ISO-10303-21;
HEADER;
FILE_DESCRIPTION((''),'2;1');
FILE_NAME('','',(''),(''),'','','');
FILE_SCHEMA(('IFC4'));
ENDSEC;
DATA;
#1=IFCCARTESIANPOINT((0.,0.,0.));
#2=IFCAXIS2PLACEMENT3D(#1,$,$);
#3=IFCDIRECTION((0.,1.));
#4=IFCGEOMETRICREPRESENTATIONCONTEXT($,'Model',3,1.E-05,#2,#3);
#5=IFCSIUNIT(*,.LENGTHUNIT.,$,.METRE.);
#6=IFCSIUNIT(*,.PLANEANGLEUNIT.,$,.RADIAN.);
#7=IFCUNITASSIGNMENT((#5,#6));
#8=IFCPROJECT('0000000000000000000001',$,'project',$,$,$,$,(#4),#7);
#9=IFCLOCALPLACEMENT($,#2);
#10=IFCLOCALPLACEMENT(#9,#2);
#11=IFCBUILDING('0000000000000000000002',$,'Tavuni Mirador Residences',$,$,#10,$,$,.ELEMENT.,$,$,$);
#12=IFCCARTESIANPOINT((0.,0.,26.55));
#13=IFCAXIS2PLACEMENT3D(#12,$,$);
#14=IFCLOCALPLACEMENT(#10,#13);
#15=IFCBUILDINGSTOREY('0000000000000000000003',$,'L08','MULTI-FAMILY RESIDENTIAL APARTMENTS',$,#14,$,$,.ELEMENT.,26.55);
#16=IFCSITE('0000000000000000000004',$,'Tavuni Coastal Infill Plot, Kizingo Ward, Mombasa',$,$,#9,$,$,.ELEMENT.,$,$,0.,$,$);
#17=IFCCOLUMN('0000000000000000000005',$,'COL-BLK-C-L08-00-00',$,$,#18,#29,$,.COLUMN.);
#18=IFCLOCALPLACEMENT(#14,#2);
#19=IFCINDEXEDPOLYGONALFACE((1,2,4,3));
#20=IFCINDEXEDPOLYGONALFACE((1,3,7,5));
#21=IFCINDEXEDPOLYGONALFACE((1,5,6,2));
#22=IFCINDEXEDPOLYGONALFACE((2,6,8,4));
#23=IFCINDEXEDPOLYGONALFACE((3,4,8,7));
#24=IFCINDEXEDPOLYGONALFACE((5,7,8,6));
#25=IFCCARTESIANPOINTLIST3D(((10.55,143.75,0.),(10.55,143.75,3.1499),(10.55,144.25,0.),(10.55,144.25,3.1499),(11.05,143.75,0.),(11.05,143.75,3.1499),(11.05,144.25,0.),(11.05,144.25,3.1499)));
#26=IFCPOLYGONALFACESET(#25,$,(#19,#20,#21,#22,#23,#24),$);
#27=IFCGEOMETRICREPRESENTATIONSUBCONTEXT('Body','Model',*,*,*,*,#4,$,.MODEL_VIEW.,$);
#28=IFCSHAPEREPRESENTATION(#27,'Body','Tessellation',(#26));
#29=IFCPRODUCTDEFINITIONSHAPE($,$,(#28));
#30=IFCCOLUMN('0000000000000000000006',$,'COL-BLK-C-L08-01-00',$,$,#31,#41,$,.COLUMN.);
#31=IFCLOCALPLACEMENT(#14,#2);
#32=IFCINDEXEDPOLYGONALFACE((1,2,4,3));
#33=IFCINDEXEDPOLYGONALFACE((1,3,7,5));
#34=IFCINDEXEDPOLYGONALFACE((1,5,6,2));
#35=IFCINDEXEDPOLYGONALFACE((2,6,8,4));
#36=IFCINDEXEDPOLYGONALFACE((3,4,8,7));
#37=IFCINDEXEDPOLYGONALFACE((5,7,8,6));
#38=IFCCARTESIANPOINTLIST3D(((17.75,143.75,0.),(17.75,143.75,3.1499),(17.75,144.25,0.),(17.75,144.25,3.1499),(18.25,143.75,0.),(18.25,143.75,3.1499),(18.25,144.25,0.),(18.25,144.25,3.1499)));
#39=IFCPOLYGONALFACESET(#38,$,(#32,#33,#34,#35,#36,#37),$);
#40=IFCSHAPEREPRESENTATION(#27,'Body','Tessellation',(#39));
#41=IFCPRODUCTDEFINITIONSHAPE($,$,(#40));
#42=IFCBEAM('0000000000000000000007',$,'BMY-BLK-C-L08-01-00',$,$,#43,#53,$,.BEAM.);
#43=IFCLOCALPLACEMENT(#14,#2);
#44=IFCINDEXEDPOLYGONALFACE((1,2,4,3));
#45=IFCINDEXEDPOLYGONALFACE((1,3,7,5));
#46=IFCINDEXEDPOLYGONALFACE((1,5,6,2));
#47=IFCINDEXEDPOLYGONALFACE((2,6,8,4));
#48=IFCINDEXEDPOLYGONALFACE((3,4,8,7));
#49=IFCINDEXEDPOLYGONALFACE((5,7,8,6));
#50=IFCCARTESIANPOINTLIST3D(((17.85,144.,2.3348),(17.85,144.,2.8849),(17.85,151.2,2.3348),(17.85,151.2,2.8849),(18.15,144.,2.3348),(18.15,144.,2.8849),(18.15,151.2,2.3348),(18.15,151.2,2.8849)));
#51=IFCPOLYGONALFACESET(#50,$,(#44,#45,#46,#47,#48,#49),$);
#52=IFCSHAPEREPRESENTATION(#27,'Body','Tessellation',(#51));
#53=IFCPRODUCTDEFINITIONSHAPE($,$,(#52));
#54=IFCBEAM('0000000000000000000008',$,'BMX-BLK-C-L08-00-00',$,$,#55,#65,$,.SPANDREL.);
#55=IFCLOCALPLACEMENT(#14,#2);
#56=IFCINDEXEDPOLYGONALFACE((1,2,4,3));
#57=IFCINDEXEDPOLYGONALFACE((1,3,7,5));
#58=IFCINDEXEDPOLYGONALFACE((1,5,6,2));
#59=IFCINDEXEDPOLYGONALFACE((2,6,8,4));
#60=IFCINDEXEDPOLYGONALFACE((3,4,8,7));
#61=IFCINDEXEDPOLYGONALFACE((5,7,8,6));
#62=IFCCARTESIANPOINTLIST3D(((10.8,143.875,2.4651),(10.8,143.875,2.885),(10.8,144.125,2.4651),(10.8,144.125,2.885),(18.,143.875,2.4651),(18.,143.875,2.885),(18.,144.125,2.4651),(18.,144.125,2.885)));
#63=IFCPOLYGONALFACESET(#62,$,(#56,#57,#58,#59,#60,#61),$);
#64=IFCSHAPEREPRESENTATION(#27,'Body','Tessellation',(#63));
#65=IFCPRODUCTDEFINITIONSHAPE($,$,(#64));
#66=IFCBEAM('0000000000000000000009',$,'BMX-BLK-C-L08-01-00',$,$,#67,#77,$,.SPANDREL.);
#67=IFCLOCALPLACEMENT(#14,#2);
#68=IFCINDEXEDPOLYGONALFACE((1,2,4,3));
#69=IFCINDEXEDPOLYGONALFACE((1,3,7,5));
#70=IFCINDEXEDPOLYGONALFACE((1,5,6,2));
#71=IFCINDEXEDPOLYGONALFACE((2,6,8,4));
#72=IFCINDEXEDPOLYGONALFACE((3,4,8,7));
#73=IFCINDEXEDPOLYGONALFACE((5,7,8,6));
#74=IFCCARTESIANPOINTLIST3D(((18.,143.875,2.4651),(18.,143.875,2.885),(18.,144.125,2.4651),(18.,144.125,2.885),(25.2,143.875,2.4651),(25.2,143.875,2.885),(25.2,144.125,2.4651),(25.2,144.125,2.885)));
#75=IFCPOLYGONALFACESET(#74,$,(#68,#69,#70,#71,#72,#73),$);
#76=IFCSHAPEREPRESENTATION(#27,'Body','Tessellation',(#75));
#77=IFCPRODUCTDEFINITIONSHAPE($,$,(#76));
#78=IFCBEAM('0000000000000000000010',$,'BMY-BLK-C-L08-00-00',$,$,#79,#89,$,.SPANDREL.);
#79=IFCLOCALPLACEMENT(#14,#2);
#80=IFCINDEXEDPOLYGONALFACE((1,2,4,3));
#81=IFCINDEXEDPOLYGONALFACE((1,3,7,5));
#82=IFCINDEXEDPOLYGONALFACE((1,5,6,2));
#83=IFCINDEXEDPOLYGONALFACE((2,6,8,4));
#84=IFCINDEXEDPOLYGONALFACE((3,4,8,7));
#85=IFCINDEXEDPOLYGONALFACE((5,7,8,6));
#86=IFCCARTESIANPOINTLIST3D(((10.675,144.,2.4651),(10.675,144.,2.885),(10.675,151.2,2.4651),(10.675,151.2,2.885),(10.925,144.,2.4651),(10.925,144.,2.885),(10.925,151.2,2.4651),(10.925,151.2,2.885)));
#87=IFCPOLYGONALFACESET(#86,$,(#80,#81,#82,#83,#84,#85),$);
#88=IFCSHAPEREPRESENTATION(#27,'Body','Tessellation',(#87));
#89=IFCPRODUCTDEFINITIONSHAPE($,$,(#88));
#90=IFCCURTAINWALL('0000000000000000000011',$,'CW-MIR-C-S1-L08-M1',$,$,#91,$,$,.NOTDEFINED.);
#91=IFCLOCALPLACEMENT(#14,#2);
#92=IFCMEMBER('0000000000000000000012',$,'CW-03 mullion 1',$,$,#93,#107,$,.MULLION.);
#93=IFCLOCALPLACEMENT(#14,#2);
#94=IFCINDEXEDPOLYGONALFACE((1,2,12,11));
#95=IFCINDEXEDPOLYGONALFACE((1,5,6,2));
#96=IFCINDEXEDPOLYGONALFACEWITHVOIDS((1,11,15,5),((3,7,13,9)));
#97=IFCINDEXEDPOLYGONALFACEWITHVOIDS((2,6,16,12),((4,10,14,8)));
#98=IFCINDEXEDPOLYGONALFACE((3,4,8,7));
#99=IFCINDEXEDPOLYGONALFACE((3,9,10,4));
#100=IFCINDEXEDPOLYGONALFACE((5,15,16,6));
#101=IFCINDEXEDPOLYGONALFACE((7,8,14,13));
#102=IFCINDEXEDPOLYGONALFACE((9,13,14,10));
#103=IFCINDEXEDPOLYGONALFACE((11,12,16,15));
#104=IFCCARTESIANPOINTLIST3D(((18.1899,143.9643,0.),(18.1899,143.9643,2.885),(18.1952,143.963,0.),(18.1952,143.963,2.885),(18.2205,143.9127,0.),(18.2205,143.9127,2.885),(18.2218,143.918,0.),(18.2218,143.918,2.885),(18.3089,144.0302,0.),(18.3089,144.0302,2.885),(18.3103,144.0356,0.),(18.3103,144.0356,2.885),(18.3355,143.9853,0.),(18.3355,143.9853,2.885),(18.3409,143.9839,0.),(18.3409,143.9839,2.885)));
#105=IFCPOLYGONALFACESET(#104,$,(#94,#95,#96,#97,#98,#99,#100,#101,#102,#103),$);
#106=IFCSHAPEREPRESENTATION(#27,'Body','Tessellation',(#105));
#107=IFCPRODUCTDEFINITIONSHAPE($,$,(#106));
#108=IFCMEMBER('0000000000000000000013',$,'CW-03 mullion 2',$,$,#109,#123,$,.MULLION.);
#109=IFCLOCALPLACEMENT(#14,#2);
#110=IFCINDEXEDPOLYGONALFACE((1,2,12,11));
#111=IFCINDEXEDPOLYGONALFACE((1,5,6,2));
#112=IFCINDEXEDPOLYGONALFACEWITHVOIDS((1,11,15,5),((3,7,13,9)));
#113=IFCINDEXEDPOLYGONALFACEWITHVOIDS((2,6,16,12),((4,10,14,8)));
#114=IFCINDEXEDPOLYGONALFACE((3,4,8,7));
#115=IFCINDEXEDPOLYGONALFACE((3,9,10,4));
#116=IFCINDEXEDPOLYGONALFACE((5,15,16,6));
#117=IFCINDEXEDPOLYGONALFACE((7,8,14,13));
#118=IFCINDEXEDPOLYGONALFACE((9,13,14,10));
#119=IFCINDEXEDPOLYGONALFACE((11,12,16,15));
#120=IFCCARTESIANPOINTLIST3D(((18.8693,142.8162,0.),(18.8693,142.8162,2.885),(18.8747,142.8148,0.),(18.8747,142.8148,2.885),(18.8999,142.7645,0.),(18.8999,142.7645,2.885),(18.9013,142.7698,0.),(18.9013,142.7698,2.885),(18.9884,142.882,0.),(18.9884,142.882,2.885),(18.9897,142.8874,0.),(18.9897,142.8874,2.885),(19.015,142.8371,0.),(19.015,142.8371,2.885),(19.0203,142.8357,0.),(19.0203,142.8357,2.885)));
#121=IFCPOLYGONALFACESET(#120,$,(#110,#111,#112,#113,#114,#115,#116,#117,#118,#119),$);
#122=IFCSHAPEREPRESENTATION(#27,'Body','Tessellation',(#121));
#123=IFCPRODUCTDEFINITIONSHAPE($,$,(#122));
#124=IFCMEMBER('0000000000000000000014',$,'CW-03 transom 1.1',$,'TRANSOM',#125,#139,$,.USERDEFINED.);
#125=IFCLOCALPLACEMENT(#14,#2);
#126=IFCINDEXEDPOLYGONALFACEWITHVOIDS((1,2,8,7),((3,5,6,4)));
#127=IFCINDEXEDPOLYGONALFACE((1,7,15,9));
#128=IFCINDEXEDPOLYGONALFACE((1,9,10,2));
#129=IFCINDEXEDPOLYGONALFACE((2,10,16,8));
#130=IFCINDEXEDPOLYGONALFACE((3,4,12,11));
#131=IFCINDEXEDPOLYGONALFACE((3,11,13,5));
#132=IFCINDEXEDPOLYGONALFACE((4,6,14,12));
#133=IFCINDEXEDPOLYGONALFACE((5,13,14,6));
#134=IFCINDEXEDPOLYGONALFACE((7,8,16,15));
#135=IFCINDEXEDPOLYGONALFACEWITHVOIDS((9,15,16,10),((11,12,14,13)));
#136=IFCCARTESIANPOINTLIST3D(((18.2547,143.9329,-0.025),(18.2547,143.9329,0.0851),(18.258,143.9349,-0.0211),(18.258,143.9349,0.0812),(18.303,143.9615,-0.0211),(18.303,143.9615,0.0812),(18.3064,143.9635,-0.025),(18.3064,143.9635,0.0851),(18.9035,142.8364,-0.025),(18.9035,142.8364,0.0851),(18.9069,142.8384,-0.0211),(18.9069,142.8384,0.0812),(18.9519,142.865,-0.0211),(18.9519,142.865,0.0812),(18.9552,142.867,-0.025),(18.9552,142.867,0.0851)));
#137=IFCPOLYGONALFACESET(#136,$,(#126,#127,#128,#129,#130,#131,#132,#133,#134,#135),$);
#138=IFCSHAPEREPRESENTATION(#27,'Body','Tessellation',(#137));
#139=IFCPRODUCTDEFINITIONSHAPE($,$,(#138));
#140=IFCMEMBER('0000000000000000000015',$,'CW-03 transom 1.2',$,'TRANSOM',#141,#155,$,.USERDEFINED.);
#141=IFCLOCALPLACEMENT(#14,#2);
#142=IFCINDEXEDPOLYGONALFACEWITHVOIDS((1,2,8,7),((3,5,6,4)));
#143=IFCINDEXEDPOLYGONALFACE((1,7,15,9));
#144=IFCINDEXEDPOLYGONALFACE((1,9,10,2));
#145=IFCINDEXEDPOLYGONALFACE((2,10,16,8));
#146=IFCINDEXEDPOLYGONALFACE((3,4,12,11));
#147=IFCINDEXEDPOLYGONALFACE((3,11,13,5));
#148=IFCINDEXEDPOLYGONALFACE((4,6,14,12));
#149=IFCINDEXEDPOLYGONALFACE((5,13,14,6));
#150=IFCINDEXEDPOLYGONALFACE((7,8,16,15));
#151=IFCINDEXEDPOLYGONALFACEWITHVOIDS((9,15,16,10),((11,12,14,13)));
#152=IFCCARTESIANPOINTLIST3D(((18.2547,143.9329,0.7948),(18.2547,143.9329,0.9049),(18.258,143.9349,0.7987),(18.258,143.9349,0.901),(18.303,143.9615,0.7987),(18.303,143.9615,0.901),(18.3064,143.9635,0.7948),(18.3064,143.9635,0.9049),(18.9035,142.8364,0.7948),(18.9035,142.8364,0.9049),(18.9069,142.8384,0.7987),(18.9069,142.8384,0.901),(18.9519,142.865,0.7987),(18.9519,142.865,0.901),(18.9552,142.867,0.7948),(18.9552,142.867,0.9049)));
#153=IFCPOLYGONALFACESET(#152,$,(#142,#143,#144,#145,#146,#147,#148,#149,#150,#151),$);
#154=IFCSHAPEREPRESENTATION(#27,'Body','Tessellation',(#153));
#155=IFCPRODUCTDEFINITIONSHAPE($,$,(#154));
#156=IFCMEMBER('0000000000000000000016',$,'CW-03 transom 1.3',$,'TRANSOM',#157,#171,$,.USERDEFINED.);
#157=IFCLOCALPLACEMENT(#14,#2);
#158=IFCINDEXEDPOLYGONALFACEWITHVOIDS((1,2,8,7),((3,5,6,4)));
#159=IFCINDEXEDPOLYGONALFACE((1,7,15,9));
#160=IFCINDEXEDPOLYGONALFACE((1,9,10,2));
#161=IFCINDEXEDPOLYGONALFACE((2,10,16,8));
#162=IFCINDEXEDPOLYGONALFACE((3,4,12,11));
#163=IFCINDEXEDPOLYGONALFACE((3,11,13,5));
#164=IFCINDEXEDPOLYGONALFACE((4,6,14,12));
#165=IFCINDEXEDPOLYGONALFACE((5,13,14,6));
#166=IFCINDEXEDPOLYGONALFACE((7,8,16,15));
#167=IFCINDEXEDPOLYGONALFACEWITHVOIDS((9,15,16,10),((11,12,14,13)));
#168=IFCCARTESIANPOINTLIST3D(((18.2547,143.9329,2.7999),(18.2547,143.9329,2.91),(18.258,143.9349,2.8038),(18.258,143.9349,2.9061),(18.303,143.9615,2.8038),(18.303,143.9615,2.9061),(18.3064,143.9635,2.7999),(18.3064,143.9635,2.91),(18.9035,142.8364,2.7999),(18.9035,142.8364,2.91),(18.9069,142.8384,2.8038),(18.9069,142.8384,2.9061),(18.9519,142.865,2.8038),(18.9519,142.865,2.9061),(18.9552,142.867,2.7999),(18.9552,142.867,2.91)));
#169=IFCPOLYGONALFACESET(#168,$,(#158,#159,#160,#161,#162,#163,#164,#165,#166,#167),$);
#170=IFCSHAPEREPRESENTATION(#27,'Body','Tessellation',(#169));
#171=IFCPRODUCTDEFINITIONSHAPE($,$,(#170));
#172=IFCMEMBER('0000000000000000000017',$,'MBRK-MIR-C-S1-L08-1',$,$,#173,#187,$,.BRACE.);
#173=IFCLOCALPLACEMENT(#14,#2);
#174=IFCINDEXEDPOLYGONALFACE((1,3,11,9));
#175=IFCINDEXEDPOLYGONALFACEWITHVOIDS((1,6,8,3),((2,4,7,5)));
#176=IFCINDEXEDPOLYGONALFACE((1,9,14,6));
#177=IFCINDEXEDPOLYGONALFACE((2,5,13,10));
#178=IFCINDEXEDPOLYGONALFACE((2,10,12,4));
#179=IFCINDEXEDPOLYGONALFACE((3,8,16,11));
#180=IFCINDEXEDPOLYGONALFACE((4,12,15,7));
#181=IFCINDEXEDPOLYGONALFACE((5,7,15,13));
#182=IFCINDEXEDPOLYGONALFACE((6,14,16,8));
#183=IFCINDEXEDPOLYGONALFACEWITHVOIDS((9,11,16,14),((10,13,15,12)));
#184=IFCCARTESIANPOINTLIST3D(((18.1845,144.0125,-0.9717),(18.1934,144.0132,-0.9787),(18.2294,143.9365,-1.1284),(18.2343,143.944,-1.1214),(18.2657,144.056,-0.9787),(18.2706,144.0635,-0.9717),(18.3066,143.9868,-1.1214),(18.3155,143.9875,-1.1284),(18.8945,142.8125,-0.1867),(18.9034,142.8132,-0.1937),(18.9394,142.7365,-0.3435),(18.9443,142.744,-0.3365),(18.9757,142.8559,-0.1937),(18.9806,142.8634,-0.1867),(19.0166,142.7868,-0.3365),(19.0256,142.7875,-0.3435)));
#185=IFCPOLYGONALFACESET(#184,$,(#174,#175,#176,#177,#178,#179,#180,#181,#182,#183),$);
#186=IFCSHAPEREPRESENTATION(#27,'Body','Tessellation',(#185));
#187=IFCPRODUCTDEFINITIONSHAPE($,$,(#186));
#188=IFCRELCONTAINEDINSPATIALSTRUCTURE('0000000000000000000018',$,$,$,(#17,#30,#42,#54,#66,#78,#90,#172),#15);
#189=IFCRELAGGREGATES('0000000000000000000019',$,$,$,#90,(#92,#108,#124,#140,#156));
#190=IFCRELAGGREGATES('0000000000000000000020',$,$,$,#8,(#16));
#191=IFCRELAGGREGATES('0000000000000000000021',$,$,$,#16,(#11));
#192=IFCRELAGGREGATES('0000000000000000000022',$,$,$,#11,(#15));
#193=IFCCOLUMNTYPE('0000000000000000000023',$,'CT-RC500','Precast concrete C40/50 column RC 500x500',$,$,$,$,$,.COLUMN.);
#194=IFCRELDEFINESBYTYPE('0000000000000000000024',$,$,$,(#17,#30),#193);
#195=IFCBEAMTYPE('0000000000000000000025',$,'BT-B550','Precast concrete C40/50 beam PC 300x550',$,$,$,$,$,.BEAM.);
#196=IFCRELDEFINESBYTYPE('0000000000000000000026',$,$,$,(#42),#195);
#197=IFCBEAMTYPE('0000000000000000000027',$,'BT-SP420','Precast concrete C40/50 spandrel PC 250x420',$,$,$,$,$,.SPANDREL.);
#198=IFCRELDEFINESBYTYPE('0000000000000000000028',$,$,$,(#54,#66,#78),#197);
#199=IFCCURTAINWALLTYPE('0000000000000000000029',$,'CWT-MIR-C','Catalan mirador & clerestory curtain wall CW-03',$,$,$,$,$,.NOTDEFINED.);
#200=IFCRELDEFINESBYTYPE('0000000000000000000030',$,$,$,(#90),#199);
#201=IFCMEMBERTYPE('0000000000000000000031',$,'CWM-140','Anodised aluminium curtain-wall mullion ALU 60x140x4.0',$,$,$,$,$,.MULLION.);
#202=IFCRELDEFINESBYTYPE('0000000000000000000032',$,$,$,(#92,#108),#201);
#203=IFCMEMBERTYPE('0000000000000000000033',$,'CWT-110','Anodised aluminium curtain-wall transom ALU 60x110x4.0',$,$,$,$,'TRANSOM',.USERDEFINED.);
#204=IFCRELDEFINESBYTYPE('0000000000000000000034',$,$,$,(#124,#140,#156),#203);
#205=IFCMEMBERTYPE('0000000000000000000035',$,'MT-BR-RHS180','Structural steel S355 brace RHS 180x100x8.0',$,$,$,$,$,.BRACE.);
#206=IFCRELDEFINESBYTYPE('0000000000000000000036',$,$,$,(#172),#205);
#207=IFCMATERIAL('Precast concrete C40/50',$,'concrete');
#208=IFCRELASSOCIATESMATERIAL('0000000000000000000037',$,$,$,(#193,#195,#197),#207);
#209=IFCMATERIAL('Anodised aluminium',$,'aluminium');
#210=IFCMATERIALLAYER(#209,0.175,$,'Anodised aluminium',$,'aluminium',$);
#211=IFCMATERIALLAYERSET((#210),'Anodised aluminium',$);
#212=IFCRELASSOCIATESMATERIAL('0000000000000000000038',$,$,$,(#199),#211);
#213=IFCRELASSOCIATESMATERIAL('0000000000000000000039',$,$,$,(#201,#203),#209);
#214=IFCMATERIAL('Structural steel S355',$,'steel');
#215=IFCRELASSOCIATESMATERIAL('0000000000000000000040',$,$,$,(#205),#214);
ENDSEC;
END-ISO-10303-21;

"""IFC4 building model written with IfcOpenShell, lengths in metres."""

from ifc_helpers import new_model, si_unit, direction, frame, origin, origin_2d, place, context, subcontext, project, spatial, rectangle, hollow_rectangle, extrude, material, layer, layer_set, material_profile, profile_set, type_object, element, aggregate, save


model = new_model("IFC4")

# Units and contexts
model_context = context("Model", 3, precision=1e-05, world=origin(), true_north=direction((0.0, 1.0)))
body_context = subcontext(model_context, "Body", "Model", "MODEL_VIEW")
ifc_project = project(units=[si_unit("LENGTHUNIT", "METRE"), si_unit("PLANEANGLEUNIT", "RADIAN")], contexts=[model_context])

# Site, building, storey
site_placement = place(None, origin())
site = spatial("IfcSite", under=ifc_project, at=site_placement, Name="Tavuni Coastal Infill Plot, Kizingo Ward, Mombasa", CompositionType="ELEMENT", RefElevation=0.0)
building_placement = place(site_placement, origin())
building = spatial("IfcBuilding", under=site, at=building_placement, Name="Tavuni Mirador Residences", CompositionType="ELEMENT")
storey_placement = place(building_placement, frame((0.0, 0.0, 26.55)))
storey = spatial("IfcBuildingStorey", under=building, at=storey_placement, Name="L08", Description="MULTI-FAMILY RESIDENTIAL APARTMENTS", CompositionType="ELEMENT", Elevation=26.55)

# Columns
ifc_material_1 = material(Name="Precast concrete C40/50", Category="concrete")
ifc_material_profile_1 = material_profile(ifc_material_1, rectangle(XDim=0.5, YDim=0.5, at=origin_2d()), Name="RC 500x500", Category="concrete")
ifc_profile_set_1 = profile_set([ifc_material_profile_1], Name="Precast concrete C40/50")
column_type = type_object("IfcColumnType", Name="CT-RC500", Description="Precast concrete C40/50 column RC 500x500", PredefinedType="COLUMN", material=ifc_profile_set_1)
for number, where, z_axis, x_axis, name in (
    (1, (10.8, 144.0, 0.0), (0.0, 0.0, 1.0), (1.0, 0.0, 0.0), "COL-BLK-C-L08-00-00"),
    (2, (18.0, 144.0, 0.0), (0.0, 0.0, 1.0), (1.0, 0.0, 0.0), "COL-BLK-C-L08-01-00"),
):
    element("IfcColumn", number, at=place(storey_placement, frame(where, z_axis=z_axis, x_axis=x_axis)), inside=storey, type_object=column_type, Name=name, PredefinedType="COLUMN", context=body_context, shape_type="SweptSolid", body=[
        extrude(rectangle(XDim=0.5, YDim=0.5, at=origin_2d()), origin(), (0.0, 0.0, 1.0), 3.1499),
    ])

# Beams
ifc_material_profile_2 = material_profile(ifc_material_1, rectangle(XDim=0.3, YDim=0.55, at=origin_2d()), Name="PC 300x550", Category="concrete")
ifc_profile_set_2 = profile_set([ifc_material_profile_2], Name="Precast concrete C40/50")
beam_type_1 = type_object("IfcBeamType", Name="BT-B550", Description="Precast concrete C40/50 beam PC 300x550", PredefinedType="BEAM", material=ifc_profile_set_2)
beam_placement = place(storey_placement, frame((18.0, 144.0, 2.6099), z_axis=(0.0, 1.0, 0.0), x_axis=(-1.0, 0.0, 0.0)))
element("IfcBeam", 3, at=beam_placement, inside=storey, type_object=beam_type_1, Name="BMY-BLK-C-L08-01-00", PredefinedType="BEAM", context=body_context, shape_type="SweptSolid", body=[
    extrude(rectangle(XDim=0.3, YDim=0.55, at=origin_2d()), origin(), (0.0, 0.0, 1.0), 7.2),
])
ifc_material_profile_3 = material_profile(ifc_material_1, rectangle(XDim=0.25, YDim=0.4199, at=origin_2d()), Name="PC 250x420", Category="concrete")
ifc_profile_set_3 = profile_set([ifc_material_profile_3], Name="Precast concrete C40/50")
beam_type_2 = type_object("IfcBeamType", Name="BT-SP420", Description="Precast concrete C40/50 spandrel PC 250x420", PredefinedType="SPANDREL", material=ifc_profile_set_3)
for number, where, z_axis, x_axis, name in (
    (4, (10.8, 144.0, 2.675), (1.0, 0.0, 0.0), (0.0, 1.0, 0.0), "BMX-BLK-C-L08-00-00"),
    (5, (18.0, 144.0, 2.675), (1.0, 0.0, 0.0), (0.0, 1.0, 0.0), "BMX-BLK-C-L08-01-00"),
    (6, (10.8, 144.0, 2.675), (0.0, 1.0, 0.0), (-1.0, 0.0, 0.0), "BMY-BLK-C-L08-00-00"),
):
    element("IfcBeam", number, at=place(storey_placement, frame(where, z_axis=z_axis, x_axis=x_axis)), inside=storey, type_object=beam_type_2, Name=name, PredefinedType="SPANDREL", context=body_context, shape_type="SweptSolid", body=[
        extrude(rectangle(XDim=0.25, YDim=0.4199, at=origin_2d()), origin(), (0.0, 0.0, 1.0), 7.2),
    ])

# Curtain wall, members
ifc_material_2 = material(Name="Anodised aluminium", Category="aluminium")
ifc_layer_1 = layer(ifc_material_2, 0.175, Name="Anodised aluminium", Category="aluminium")
ifc_layer_set_1 = layer_set([ifc_layer_1], Name="Anodised aluminium")
curtain_wall_type = type_object("IfcCurtainWallType", Name="CWT-MIR-C", Description="Catalan mirador & clerestory curtain wall CW-03", PredefinedType="NOTDEFINED", material=ifc_layer_set_1)
curtain_wall_placement = place(storey_placement, origin())
curtain_wall = element("IfcCurtainWall", 7, at=curtain_wall_placement, inside=storey, type_object=curtain_wall_type, Name="CW-MIR-C-S1-L08-M1", PredefinedType="NOTDEFINED")
ifc_material_profile_4 = material_profile(ifc_material_2, hollow_rectangle(XDim=0.0601, YDim=0.1399, WallThickness=0.0039, at=origin_2d()), Name="ALU 60x140x4.0", Category="aluminium")
ifc_profile_set_4 = profile_set([ifc_material_profile_4], Name="Anodised aluminium")
member_type_1 = type_object("IfcMemberType", Name="CWM-140", Description="Anodised aluminium curtain-wall mullion ALU 60x140x4.0", PredefinedType="MULLION", material=ifc_profile_set_4)
member_1_placement = place(storey_placement, frame((18.2654, 143.9741, 0.0), z_axis=(0.0, 0.0, 1.0), x_axis=(0.509212, -0.860641, 0.0)))
member_1 = element("IfcMember", 8, at=member_1_placement, type_object=member_type_1, Name="CW-03 mullion 1", PredefinedType="MULLION", context=body_context, shape_type="SweptSolid", body=[
    extrude(hollow_rectangle(XDim=0.0601, YDim=0.1399, WallThickness=0.0039, at=origin_2d()), origin(), (0.0, 0.0, 1.0), 2.885),
])
member_2_placement = place(storey_placement, frame((18.9448, 142.8259, 0.0), z_axis=(0.0, 0.0, 1.0), x_axis=(0.509212, -0.860641, 0.0)))
member_2 = element("IfcMember", 9, at=member_2_placement, type_object=member_type_1, Name="CW-03 mullion 2", PredefinedType="MULLION", context=body_context, shape_type="SweptSolid", body=[
    extrude(hollow_rectangle(XDim=0.0601, YDim=0.1399, WallThickness=0.0039, at=origin_2d()), origin(), (0.0, 0.0, 1.0), 2.885),
])
ifc_material_profile_5 = material_profile(ifc_material_2, hollow_rectangle(XDim=0.0601, YDim=0.1101, WallThickness=0.0039, at=origin_2d()), Name="ALU 60x110x4.0", Category="aluminium")
ifc_profile_set_5 = profile_set([ifc_material_profile_5], Name="Anodised aluminium")
member_type_2 = type_object("IfcMemberType", Name="CWT-110", Description="Anodised aluminium curtain-wall transom ALU 60x110x4.0", ElementType="TRANSOM", PredefinedType="USERDEFINED", material=ifc_profile_set_5)
member_3_placement = place(storey_placement, frame((18.2805, 143.9482, 0.03), z_axis=(0.509246, -0.860621, 0.0), x_axis=(0.860621, 0.509246, 0.0)))
member_3 = element("IfcMember", 10, at=member_3_placement, type_object=member_type_2, Name="CW-03 transom 1.1", ObjectType="TRANSOM", PredefinedType="USERDEFINED", context=body_context, shape_type="SweptSolid", body=[
    extrude(hollow_rectangle(XDim=0.0601, YDim=0.1101, WallThickness=0.0039, at=origin_2d()), origin(), (0.0, 0.0, 1.0), 1.2742),
])
member_4_placement = place(storey_placement, frame((18.2805, 143.9482, 0.8499), z_axis=(0.509246, -0.860621, 0.0), x_axis=(0.860621, 0.509246, 0.0)))
member_4 = element("IfcMember", 11, at=member_4_placement, type_object=member_type_2, Name="CW-03 transom 1.2", ObjectType="TRANSOM", PredefinedType="USERDEFINED", context=body_context, shape_type="SweptSolid", body=[
    extrude(hollow_rectangle(XDim=0.0601, YDim=0.1101, WallThickness=0.0039, at=origin_2d()), origin(), (0.0, 0.0, 1.0), 1.2742),
])
member_5_placement = place(storey_placement, frame((18.2805, 143.9482, 2.855), z_axis=(0.509246, -0.860621, 0.0), x_axis=(0.860621, 0.509246, 0.0)))
member_5 = element("IfcMember", 12, at=member_5_placement, type_object=member_type_2, Name="CW-03 transom 1.3", ObjectType="TRANSOM", PredefinedType="USERDEFINED", context=body_context, shape_type="SweptSolid", body=[
    extrude(hollow_rectangle(XDim=0.0601, YDim=0.1101, WallThickness=0.0039, at=origin_2d()), origin(), (0.0, 0.0, 1.0), 1.2742),
])

# Member
ifc_material_3 = material(Name="Structural steel S355", Category="steel")
ifc_material_profile_6 = material_profile(ifc_material_3, hollow_rectangle(XDim=0.1001, YDim=0.1799, WallThickness=0.0081, at=origin_2d()), Name="RHS 180x100x8.0", Category="steel")
ifc_profile_set_6 = profile_set([ifc_material_profile_6], Name="Structural steel S355")
member_type_3 = type_object("IfcMemberType", Name="MT-BR-RHS180", Description="Structural steel S355 brace RHS 180x100x8.0", PredefinedType="BRACE", material=ifc_profile_set_6)
member_6_placement = place(storey_placement, frame((18.25, 144.0, -1.05), z_axis=(0.443724, -0.749967, 0.490569), x_axis=(0.860644, 0.509207, 0.0)))
element("IfcMember", 13, at=member_6_placement, inside=storey, type_object=member_type_3, Name="MBRK-MIR-C-S1-L08-1", PredefinedType="BRACE", context=body_context, shape_type="SweptSolid", body=[
    extrude(hollow_rectangle(XDim=0.1001, YDim=0.1799, WallThickness=0.0081, at=origin_2d()), origin(), (0.0, 0.0, 1.0), 1.6001),
])

aggregate(curtain_wall, [member_1, member_2, member_3, member_4, member_5])

save(model, "model.ifc")
